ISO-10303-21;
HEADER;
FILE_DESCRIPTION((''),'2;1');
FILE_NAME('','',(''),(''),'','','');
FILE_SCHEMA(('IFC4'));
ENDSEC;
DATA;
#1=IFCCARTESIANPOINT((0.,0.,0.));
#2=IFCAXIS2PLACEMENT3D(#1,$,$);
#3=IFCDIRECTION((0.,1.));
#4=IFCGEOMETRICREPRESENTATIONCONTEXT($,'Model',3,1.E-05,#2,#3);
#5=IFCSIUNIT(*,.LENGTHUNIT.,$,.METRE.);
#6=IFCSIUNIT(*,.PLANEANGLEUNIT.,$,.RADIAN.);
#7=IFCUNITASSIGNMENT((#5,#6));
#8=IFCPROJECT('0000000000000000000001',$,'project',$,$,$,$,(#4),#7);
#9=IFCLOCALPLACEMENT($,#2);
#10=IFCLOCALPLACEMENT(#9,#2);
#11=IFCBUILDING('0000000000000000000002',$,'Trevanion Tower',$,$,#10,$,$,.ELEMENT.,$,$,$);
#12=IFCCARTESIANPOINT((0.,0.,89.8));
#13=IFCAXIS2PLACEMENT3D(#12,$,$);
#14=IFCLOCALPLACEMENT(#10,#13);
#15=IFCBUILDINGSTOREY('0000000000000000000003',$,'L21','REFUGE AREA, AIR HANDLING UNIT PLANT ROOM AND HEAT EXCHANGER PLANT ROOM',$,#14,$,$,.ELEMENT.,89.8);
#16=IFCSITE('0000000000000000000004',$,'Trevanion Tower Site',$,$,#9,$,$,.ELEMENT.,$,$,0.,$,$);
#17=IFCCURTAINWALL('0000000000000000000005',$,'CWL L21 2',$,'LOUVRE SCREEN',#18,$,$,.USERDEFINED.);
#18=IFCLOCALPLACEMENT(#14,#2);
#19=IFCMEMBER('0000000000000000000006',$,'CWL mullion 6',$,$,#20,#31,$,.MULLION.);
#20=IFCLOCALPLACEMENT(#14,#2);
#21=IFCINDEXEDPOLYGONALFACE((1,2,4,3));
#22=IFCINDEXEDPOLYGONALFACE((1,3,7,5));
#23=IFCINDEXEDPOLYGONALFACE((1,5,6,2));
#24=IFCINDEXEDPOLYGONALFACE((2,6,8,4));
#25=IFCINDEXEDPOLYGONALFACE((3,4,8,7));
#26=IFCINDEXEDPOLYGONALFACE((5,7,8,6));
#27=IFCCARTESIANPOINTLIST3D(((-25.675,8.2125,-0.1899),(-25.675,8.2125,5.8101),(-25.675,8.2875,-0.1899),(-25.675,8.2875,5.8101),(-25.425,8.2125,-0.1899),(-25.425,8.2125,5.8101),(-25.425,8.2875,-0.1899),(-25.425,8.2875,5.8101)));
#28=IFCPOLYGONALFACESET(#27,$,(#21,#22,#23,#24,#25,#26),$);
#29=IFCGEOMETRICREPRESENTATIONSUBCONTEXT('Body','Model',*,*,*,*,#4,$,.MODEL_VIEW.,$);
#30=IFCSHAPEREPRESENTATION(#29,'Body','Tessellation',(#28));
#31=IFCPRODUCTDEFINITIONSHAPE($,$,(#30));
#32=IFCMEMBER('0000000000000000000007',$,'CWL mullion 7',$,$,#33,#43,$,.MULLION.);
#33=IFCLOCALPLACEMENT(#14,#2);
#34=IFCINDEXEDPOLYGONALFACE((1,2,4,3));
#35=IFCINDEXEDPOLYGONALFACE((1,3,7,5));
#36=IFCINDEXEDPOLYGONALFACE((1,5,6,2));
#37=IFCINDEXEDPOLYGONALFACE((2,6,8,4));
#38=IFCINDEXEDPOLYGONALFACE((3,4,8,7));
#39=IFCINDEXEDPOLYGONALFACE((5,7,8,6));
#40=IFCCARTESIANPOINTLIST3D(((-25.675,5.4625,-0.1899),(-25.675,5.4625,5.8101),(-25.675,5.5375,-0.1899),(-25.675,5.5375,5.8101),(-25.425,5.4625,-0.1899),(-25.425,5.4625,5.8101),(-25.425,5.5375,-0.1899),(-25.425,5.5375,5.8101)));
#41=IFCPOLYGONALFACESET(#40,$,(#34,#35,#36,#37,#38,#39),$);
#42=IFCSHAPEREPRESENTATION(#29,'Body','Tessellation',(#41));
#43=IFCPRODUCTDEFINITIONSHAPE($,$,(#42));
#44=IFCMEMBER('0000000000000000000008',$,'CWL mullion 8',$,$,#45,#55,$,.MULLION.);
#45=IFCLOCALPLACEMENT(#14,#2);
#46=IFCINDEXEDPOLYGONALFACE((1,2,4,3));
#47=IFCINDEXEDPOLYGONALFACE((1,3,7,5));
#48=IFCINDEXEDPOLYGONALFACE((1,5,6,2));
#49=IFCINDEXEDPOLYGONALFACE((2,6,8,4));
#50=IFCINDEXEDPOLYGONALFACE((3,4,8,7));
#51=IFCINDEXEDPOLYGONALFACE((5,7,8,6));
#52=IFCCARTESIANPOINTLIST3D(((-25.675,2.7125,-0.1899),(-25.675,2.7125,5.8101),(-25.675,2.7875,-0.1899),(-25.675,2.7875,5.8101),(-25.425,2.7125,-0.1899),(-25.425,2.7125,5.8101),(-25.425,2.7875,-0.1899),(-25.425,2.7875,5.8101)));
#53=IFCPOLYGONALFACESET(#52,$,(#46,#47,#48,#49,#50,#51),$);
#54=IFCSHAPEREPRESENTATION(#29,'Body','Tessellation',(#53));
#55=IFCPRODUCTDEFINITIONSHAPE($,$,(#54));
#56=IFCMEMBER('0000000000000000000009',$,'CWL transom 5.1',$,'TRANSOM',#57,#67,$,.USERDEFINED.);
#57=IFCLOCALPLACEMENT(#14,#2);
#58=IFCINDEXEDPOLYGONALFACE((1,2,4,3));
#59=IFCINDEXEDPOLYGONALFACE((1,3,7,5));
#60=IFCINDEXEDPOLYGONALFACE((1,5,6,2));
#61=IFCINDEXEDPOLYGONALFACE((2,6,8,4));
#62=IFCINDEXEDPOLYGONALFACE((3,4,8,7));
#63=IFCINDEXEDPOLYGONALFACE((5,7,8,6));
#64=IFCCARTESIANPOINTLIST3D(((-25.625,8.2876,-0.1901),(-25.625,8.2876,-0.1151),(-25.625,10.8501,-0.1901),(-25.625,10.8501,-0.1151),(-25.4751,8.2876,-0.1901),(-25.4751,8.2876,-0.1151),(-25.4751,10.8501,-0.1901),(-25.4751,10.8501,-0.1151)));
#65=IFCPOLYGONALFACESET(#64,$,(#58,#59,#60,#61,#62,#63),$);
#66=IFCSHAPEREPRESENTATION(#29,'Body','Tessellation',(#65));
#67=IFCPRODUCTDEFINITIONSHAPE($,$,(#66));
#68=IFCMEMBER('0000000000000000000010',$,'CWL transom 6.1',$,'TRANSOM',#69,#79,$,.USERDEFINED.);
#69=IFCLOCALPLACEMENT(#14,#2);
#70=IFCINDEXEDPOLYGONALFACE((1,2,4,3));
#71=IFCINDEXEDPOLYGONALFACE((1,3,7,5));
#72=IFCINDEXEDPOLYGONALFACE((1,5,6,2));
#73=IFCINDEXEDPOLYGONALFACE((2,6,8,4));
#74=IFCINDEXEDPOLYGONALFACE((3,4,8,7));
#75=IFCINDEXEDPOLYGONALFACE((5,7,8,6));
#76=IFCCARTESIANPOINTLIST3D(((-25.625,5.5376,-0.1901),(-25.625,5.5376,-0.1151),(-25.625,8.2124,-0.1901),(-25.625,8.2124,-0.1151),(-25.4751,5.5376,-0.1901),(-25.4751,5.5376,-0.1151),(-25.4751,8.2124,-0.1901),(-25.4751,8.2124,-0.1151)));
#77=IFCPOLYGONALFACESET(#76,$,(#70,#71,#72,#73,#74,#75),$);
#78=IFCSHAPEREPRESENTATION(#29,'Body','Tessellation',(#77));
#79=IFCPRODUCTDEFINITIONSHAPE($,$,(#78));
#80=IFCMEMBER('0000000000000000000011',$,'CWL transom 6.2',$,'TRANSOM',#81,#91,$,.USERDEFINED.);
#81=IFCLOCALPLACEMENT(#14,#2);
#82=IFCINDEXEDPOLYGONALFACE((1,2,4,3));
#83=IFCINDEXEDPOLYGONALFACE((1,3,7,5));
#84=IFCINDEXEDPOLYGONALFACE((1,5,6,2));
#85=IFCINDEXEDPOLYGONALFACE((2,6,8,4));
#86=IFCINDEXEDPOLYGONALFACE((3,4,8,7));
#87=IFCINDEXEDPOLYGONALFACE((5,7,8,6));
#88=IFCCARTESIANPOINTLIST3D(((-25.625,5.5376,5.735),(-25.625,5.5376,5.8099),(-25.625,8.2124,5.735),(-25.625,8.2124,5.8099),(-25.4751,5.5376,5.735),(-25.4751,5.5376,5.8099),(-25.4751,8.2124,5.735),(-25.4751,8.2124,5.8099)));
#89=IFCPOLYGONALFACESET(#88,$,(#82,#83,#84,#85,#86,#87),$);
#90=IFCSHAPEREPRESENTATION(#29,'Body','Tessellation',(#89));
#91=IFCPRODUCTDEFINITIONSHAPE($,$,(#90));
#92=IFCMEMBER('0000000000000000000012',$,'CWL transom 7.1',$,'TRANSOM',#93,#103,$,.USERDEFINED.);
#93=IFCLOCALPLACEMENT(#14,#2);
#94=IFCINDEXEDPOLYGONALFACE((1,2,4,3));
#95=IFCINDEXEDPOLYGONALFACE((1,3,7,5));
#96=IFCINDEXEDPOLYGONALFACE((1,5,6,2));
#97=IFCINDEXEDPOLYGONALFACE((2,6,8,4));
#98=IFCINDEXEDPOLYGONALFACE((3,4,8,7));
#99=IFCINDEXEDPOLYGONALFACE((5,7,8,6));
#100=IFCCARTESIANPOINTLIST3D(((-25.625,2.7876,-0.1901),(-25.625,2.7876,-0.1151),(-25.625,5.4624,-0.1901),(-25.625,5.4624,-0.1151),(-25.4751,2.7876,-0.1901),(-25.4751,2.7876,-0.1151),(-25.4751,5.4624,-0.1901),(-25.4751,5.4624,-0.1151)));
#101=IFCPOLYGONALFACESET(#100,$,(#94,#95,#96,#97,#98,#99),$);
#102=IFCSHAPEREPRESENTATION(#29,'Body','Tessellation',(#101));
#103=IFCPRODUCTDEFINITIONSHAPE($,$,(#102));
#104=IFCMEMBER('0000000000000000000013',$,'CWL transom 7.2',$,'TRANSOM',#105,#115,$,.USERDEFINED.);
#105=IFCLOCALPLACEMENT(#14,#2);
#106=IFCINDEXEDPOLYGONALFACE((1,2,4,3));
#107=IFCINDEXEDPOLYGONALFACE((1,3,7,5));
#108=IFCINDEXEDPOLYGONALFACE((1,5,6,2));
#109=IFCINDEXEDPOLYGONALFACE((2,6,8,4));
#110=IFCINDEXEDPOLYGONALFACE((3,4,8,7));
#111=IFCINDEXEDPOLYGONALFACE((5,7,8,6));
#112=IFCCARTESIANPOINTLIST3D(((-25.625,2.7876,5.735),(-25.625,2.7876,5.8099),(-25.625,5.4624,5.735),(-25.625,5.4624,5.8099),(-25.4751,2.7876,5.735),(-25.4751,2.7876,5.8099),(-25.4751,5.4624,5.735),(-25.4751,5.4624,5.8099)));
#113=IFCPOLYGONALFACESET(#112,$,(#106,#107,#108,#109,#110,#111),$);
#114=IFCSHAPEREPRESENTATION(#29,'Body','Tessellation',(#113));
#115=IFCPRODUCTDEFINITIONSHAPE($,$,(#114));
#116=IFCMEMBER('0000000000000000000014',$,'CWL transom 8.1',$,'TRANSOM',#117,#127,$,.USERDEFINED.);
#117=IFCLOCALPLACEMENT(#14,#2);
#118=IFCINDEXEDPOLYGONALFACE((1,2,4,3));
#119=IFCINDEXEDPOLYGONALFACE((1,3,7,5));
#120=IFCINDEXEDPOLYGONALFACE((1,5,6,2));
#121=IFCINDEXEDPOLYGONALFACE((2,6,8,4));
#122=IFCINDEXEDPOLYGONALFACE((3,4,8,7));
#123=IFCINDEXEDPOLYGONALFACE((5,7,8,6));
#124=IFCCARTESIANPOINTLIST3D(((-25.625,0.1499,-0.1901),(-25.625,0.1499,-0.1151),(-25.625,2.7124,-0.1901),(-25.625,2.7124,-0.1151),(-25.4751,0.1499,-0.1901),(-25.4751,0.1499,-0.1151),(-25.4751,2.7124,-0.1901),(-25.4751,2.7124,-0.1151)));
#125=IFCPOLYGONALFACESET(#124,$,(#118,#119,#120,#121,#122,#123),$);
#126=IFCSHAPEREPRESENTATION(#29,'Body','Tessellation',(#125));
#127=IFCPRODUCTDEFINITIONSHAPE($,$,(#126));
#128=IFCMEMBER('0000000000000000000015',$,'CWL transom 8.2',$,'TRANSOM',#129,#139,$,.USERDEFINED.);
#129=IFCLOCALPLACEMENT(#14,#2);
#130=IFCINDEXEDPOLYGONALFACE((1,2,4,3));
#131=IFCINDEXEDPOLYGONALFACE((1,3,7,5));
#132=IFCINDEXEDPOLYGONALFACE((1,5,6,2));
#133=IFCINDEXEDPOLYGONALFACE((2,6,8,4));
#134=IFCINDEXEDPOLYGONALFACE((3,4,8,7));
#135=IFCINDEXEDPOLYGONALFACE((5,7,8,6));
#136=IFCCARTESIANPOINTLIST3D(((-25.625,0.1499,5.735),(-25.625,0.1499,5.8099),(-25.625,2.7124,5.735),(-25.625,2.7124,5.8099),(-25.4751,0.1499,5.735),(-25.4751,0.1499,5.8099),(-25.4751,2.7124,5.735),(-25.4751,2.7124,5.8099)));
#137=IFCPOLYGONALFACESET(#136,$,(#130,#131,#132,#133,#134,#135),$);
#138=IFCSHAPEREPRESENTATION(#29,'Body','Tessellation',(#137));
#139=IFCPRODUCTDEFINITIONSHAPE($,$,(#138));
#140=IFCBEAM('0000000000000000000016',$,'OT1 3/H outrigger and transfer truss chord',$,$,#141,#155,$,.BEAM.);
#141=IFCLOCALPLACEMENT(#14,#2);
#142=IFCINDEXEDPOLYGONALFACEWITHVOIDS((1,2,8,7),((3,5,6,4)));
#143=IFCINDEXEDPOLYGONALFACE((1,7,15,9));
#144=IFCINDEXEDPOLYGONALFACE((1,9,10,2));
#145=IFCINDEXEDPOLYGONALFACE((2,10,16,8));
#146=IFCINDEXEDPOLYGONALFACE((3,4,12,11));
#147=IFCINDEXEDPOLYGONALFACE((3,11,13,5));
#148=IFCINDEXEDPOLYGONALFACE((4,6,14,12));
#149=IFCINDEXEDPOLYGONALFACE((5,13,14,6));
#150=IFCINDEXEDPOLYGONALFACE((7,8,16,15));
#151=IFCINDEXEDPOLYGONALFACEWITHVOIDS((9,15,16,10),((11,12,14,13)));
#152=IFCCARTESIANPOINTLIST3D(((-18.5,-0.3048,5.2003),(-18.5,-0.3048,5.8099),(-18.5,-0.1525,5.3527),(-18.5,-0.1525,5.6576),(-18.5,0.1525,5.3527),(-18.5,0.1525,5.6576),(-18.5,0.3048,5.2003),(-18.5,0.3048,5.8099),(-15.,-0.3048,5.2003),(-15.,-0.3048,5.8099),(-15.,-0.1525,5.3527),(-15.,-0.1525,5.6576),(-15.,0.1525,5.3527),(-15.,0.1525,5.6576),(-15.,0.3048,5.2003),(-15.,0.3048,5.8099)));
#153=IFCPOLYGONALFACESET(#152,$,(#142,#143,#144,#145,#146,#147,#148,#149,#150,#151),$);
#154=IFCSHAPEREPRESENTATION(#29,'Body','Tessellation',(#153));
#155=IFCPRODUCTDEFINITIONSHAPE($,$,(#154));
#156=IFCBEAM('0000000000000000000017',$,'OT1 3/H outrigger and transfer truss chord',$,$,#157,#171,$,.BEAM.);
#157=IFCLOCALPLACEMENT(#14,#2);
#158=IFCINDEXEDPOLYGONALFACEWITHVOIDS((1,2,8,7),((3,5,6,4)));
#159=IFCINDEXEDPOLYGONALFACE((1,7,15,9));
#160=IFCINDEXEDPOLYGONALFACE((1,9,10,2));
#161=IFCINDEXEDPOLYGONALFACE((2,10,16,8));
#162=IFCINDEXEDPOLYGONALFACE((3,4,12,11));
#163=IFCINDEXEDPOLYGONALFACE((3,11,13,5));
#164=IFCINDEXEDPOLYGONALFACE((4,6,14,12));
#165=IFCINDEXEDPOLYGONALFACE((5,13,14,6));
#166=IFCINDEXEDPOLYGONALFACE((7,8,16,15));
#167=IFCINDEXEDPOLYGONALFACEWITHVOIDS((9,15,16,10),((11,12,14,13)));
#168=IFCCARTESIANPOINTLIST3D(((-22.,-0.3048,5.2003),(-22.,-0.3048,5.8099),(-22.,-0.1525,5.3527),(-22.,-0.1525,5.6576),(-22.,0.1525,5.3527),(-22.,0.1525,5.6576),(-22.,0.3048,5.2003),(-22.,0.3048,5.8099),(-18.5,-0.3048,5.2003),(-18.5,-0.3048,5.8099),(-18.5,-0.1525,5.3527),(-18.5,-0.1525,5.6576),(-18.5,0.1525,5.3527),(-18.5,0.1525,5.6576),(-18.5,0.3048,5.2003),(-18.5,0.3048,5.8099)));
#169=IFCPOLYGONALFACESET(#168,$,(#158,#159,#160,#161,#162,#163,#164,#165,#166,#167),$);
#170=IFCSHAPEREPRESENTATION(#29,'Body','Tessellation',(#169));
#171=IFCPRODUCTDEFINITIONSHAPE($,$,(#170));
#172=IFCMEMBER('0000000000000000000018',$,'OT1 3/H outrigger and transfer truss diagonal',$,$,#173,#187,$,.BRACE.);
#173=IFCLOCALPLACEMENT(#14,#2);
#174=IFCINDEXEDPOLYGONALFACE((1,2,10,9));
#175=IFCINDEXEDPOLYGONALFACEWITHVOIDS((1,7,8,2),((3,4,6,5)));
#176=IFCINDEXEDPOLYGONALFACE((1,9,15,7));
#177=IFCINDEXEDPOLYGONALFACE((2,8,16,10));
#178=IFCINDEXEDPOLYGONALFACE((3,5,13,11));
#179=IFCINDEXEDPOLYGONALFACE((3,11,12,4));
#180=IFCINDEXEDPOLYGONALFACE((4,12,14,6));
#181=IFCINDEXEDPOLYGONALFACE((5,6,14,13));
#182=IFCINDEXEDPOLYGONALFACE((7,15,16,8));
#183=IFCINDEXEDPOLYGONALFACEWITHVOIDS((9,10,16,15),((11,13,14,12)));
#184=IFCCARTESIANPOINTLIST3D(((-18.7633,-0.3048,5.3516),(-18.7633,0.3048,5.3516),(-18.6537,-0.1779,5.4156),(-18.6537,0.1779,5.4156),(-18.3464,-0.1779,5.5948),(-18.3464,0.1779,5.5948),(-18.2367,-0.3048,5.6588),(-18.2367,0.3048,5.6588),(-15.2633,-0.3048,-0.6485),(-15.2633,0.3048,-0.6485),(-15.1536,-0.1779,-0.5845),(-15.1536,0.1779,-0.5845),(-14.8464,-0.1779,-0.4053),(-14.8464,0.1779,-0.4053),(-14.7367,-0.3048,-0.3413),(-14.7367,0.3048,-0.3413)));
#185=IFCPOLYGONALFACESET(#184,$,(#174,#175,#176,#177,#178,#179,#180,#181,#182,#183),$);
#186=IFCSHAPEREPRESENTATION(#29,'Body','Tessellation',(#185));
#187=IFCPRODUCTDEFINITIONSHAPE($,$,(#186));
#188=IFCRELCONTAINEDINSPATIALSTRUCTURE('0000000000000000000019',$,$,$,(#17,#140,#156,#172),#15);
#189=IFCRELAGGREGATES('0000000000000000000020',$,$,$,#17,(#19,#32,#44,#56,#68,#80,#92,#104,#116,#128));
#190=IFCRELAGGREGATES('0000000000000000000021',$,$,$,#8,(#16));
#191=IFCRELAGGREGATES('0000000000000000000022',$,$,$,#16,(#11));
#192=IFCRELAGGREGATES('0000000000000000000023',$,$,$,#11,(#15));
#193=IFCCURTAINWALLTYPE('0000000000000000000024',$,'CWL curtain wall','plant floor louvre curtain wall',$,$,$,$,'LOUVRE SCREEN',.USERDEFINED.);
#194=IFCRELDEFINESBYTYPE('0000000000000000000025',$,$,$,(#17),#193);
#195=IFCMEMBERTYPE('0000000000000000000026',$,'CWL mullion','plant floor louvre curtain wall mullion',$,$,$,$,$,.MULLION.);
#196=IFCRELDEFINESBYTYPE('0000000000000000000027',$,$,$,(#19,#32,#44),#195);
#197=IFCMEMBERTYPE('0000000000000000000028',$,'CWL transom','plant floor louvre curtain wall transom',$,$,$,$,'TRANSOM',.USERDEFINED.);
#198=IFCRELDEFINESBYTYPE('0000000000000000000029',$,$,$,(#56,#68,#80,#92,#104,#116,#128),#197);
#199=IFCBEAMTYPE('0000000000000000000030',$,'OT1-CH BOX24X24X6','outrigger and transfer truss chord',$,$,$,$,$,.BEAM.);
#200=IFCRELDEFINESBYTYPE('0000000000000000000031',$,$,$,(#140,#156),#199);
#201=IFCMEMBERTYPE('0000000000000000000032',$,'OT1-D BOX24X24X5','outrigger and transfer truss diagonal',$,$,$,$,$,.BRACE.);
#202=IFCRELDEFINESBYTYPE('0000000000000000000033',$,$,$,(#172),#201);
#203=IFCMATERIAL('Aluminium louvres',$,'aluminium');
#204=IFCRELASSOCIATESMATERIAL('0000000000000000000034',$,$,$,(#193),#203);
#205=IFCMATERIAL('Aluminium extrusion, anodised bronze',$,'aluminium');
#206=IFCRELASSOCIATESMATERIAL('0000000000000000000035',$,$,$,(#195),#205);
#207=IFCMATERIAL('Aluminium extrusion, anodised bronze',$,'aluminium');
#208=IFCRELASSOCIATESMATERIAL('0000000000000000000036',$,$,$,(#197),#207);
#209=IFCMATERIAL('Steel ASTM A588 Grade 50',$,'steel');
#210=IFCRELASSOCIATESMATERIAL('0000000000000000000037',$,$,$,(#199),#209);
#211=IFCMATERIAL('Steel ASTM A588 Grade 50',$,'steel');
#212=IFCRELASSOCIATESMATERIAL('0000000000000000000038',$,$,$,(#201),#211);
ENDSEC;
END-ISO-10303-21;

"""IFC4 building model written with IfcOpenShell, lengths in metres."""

from ifc_helpers import new_model, si_unit, direction, frame, origin, origin_2d, place, context, subcontext, project, spatial, rectangle, hollow_rectangle, extrude, material, material_profile, profile_set, type_object, element, aggregate, save


model = new_model("IFC4")

# Units and contexts
model_context = context("Model", 3, precision=1e-05, world=origin(), true_north=direction((0.0, 1.0)))
body_context = subcontext(model_context, "Body", "Model", "MODEL_VIEW")
ifc_project = project(units=[si_unit("LENGTHUNIT", "METRE"), si_unit("PLANEANGLEUNIT", "RADIAN")], contexts=[model_context])

# Site, building, storey
site_placement = place(None, origin())
site = spatial("IfcSite", under=ifc_project, at=site_placement, Name="Trevanion Tower Site", CompositionType="ELEMENT", RefElevation=0.0)
building_placement = place(site_placement, origin())
building = spatial("IfcBuilding", under=site, at=building_placement, Name="Trevanion Tower", CompositionType="ELEMENT")
storey_placement = place(building_placement, frame((0.0, 0.0, 89.8)))
storey = spatial("IfcBuildingStorey", under=building, at=storey_placement, Name="L21", Description="REFUGE AREA, AIR HANDLING UNIT PLANT ROOM AND HEAT EXCHANGER PLANT ROOM", CompositionType="ELEMENT", Elevation=89.8)

# Curtain wall, members
ifc_material_1 = material(Name="Aluminium louvres", Category="aluminium")
curtain_wall_type = type_object("IfcCurtainWallType", Name="CWL curtain wall", Description="plant floor louvre curtain wall", ElementType="LOUVRE SCREEN", PredefinedType="USERDEFINED", material=ifc_material_1)
curtain_wall_placement = place(storey_placement, origin())
curtain_wall = element("IfcCurtainWall", 1, at=curtain_wall_placement, inside=storey, type_object=curtain_wall_type, Name="CWL L21 2", ObjectType="LOUVRE SCREEN", PredefinedType="USERDEFINED")
ifc_material_2 = material(Name="Aluminium extrusion, anodised bronze", Category="aluminium")
ifc_material_profile_1 = material_profile(ifc_material_2, rectangle(XDim=0.075, YDim=0.25, at=origin_2d()), Name="CWL mullion")
ifc_profile_set_1 = profile_set([ifc_material_profile_1], Name="Aluminium extrusion, anodised bronze")
member_type_1 = type_object("IfcMemberType", Name="CWL mullion", Description="plant floor louvre curtain wall mullion", PredefinedType="MULLION", material=ifc_profile_set_1)
member_1_placement = place(storey_placement, frame((-25.55, 8.25, -0.1899), z_axis=(0.0, 0.0, 1.0), x_axis=(0.0, -1.0, 0.0)))
member_1 = element("IfcMember", 2, at=member_1_placement, type_object=member_type_1, Name="CWL mullion 6", PredefinedType="MULLION", context=body_context, shape_type="SweptSolid", body=[
    extrude(rectangle(XDim=0.075, YDim=0.25, at=origin_2d()), origin(), (0.0, 0.0, 1.0), 6.0),
])
member_2_placement = place(storey_placement, frame((-25.55, 5.5, -0.1899), z_axis=(0.0, 0.0, 1.0), x_axis=(0.0, -1.0, 0.0)))
member_2 = element("IfcMember", 3, at=member_2_placement, type_object=member_type_1, Name="CWL mullion 7", PredefinedType="MULLION", context=body_context, shape_type="SweptSolid", body=[
    extrude(rectangle(XDim=0.075, YDim=0.25, at=origin_2d()), origin(), (0.0, 0.0, 1.0), 6.0),
])
member_3_placement = place(storey_placement, frame((-25.55, 2.75, -0.1899), z_axis=(0.0, 0.0, 1.0), x_axis=(0.0, -1.0, 0.0)))
member_3 = element("IfcMember", 4, at=member_3_placement, type_object=member_type_1, Name="CWL mullion 8", PredefinedType="MULLION", context=body_context, shape_type="SweptSolid", body=[
    extrude(rectangle(XDim=0.075, YDim=0.25, at=origin_2d()), origin(), (0.0, 0.0, 1.0), 6.0),
])
ifc_material_3 = material(Name="Aluminium extrusion, anodised bronze", Category="aluminium")
ifc_material_profile_2 = material_profile(ifc_material_3, rectangle(XDim=0.1499, YDim=0.075, at=origin_2d()), Name="CWL transom")
ifc_profile_set_2 = profile_set([ifc_material_profile_2], Name="Aluminium extrusion, anodised bronze")
member_type_2 = type_object("IfcMemberType", Name="CWL transom", Description="plant floor louvre curtain wall transom", ElementType="TRANSOM", PredefinedType="USERDEFINED", material=ifc_profile_set_2)
member_4_placement = place(storey_placement, frame((-25.55, 10.8501, -0.1526), z_axis=(0.0, -1.0, 0.0), x_axis=(1.0, 0.0, 0.0)))
member_4 = element("IfcMember", 5, at=member_4_placement, type_object=member_type_2, Name="CWL transom 5.1", ObjectType="TRANSOM", PredefinedType="USERDEFINED", context=body_context, shape_type="SweptSolid", body=[
    extrude(rectangle(XDim=0.1499, YDim=0.075, at=origin_2d()), origin(), (0.0, 0.0, 1.0), 2.5625),
])
member_5_placement = place(storey_placement, frame((-25.55, 8.2124, -0.1526), z_axis=(0.0, -1.0, 0.0), x_axis=(1.0, 0.0, 0.0)))
member_5 = element("IfcMember", 6, at=member_5_placement, type_object=member_type_2, Name="CWL transom 6.1", ObjectType="TRANSOM", PredefinedType="USERDEFINED", context=body_context, shape_type="SweptSolid", body=[
    extrude(rectangle(XDim=0.1499, YDim=0.075, at=origin_2d()), origin(), (0.0, 0.0, 1.0), 2.6748),
])
member_6_placement = place(storey_placement, frame((-25.55, 8.2124, 5.7725), z_axis=(0.0, -1.0, 0.0), x_axis=(1.0, 0.0, 0.0)))
member_6 = element("IfcMember", 7, at=member_6_placement, type_object=member_type_2, Name="CWL transom 6.2", ObjectType="TRANSOM", PredefinedType="USERDEFINED", context=body_context, shape_type="SweptSolid", body=[
    extrude(rectangle(XDim=0.1499, YDim=0.075, at=origin_2d()), origin(), (0.0, 0.0, 1.0), 2.6748),
])
member_7_placement = place(storey_placement, frame((-25.55, 5.4624, -0.1526), z_axis=(0.0, -1.0, 0.0), x_axis=(1.0, 0.0, 0.0)))
member_7 = element("IfcMember", 8, at=member_7_placement, type_object=member_type_2, Name="CWL transom 7.1", ObjectType="TRANSOM", PredefinedType="USERDEFINED", context=body_context, shape_type="SweptSolid", body=[
    extrude(rectangle(XDim=0.1499, YDim=0.075, at=origin_2d()), origin(), (0.0, 0.0, 1.0), 2.6748),
])
member_8_placement = place(storey_placement, frame((-25.55, 5.4624, 5.7725), z_axis=(0.0, -1.0, 0.0), x_axis=(1.0, 0.0, 0.0)))
member_8 = element("IfcMember", 9, at=member_8_placement, type_object=member_type_2, Name="CWL transom 7.2", ObjectType="TRANSOM", PredefinedType="USERDEFINED", context=body_context, shape_type="SweptSolid", body=[
    extrude(rectangle(XDim=0.1499, YDim=0.075, at=origin_2d()), origin(), (0.0, 0.0, 1.0), 2.6748),
])
member_9_placement = place(storey_placement, frame((-25.55, 2.7124, -0.1526), z_axis=(0.0, -1.0, 0.0), x_axis=(1.0, 0.0, 0.0)))
member_9 = element("IfcMember", 10, at=member_9_placement, type_object=member_type_2, Name="CWL transom 8.1", ObjectType="TRANSOM", PredefinedType="USERDEFINED", context=body_context, shape_type="SweptSolid", body=[
    extrude(rectangle(XDim=0.1499, YDim=0.075, at=origin_2d()), origin(), (0.0, 0.0, 1.0), 2.5625),
])
member_10_placement = place(storey_placement, frame((-25.55, 2.7124, 5.7725), z_axis=(0.0, -1.0, 0.0), x_axis=(1.0, 0.0, 0.0)))
member_10 = element("IfcMember", 11, at=member_10_placement, type_object=member_type_2, Name="CWL transom 8.2", ObjectType="TRANSOM", PredefinedType="USERDEFINED", context=body_context, shape_type="SweptSolid", body=[
    extrude(rectangle(XDim=0.1499, YDim=0.075, at=origin_2d()), origin(), (0.0, 0.0, 1.0), 2.5625),
])

# Beams
ifc_material_4 = material(Name="Steel ASTM A588 Grade 50", Category="steel")
ifc_material_profile_3 = material_profile(ifc_material_4, hollow_rectangle(XDim=0.6096, YDim=0.6096, WallThickness=0.1523, at=origin_2d()), Name="BOX24X24X6")
ifc_profile_set_3 = profile_set([ifc_material_profile_3], Name="Steel ASTM A588 Grade 50")
beam_type = type_object("IfcBeamType", Name="OT1-CH BOX24X24X6", Description="outrigger and transfer truss chord", PredefinedType="BEAM", material=ifc_profile_set_3)
for number, where, z_axis, x_axis, name in (
    (12, (-15.0, 0.0, 5.5051), (-1.0, 0.0, 0.0), (0.0, -1.0, 0.0), "OT1 3/H outrigger and transfer truss chord"),
    (13, (-18.5, 0.0, 5.5051), (-1.0, 0.0, 0.0), (0.0, -1.0, 0.0), "OT1 3/H outrigger and transfer truss chord"),
):
    element("IfcBeam", number, at=place(storey_placement, frame(where, z_axis=z_axis, x_axis=x_axis)), inside=storey, type_object=beam_type, Name=name, PredefinedType="BEAM", context=body_context, shape_type="SweptSolid", body=[
        extrude(hollow_rectangle(XDim=0.6096, YDim=0.6096, WallThickness=0.1523, at=origin_2d()), origin(), (0.0, 0.0, 1.0), 3.5),
    ])

# Member
ifc_material_5 = material(Name="Steel ASTM A588 Grade 50", Category="steel")
ifc_material_profile_4 = material_profile(ifc_material_5, hollow_rectangle(XDim=0.6096, YDim=0.6096, WallThickness=0.127, at=origin_2d()), Name="BOX24X24X5")
ifc_profile_set_4 = profile_set([ifc_material_profile_4], Name="Steel ASTM A588 Grade 50")
member_type_3 = type_object("IfcMemberType", Name="OT1-D BOX24X24X5", Description="outrigger and transfer truss diagonal", PredefinedType="BRACE", material=ifc_profile_set_4)
for number, where, z_axis, x_axis, name in (
    (14, (-15.0, 0.0, -0.4949), (-0.503871, 0.0, 0.863779), (0.0, -1.0, 0.0), "OT1 3/H outrigger and transfer truss diagonal"),
):
    element("IfcMember", number, at=place(storey_placement, frame(where, z_axis=z_axis, x_axis=x_axis)), inside=storey, type_object=member_type_3, Name=name, PredefinedType="BRACE", context=body_context, shape_type="SweptSolid", body=[
        extrude(hollow_rectangle(XDim=0.6096, YDim=0.6096, WallThickness=0.127, at=origin_2d()), origin(), (0.0, 0.0, 1.0), 6.9463),
    ])

aggregate(curtain_wall, [member_1, member_2, member_3, member_4, member_5, member_6, member_7, member_8, member_9, member_10])

save(model, "model.ifc")
